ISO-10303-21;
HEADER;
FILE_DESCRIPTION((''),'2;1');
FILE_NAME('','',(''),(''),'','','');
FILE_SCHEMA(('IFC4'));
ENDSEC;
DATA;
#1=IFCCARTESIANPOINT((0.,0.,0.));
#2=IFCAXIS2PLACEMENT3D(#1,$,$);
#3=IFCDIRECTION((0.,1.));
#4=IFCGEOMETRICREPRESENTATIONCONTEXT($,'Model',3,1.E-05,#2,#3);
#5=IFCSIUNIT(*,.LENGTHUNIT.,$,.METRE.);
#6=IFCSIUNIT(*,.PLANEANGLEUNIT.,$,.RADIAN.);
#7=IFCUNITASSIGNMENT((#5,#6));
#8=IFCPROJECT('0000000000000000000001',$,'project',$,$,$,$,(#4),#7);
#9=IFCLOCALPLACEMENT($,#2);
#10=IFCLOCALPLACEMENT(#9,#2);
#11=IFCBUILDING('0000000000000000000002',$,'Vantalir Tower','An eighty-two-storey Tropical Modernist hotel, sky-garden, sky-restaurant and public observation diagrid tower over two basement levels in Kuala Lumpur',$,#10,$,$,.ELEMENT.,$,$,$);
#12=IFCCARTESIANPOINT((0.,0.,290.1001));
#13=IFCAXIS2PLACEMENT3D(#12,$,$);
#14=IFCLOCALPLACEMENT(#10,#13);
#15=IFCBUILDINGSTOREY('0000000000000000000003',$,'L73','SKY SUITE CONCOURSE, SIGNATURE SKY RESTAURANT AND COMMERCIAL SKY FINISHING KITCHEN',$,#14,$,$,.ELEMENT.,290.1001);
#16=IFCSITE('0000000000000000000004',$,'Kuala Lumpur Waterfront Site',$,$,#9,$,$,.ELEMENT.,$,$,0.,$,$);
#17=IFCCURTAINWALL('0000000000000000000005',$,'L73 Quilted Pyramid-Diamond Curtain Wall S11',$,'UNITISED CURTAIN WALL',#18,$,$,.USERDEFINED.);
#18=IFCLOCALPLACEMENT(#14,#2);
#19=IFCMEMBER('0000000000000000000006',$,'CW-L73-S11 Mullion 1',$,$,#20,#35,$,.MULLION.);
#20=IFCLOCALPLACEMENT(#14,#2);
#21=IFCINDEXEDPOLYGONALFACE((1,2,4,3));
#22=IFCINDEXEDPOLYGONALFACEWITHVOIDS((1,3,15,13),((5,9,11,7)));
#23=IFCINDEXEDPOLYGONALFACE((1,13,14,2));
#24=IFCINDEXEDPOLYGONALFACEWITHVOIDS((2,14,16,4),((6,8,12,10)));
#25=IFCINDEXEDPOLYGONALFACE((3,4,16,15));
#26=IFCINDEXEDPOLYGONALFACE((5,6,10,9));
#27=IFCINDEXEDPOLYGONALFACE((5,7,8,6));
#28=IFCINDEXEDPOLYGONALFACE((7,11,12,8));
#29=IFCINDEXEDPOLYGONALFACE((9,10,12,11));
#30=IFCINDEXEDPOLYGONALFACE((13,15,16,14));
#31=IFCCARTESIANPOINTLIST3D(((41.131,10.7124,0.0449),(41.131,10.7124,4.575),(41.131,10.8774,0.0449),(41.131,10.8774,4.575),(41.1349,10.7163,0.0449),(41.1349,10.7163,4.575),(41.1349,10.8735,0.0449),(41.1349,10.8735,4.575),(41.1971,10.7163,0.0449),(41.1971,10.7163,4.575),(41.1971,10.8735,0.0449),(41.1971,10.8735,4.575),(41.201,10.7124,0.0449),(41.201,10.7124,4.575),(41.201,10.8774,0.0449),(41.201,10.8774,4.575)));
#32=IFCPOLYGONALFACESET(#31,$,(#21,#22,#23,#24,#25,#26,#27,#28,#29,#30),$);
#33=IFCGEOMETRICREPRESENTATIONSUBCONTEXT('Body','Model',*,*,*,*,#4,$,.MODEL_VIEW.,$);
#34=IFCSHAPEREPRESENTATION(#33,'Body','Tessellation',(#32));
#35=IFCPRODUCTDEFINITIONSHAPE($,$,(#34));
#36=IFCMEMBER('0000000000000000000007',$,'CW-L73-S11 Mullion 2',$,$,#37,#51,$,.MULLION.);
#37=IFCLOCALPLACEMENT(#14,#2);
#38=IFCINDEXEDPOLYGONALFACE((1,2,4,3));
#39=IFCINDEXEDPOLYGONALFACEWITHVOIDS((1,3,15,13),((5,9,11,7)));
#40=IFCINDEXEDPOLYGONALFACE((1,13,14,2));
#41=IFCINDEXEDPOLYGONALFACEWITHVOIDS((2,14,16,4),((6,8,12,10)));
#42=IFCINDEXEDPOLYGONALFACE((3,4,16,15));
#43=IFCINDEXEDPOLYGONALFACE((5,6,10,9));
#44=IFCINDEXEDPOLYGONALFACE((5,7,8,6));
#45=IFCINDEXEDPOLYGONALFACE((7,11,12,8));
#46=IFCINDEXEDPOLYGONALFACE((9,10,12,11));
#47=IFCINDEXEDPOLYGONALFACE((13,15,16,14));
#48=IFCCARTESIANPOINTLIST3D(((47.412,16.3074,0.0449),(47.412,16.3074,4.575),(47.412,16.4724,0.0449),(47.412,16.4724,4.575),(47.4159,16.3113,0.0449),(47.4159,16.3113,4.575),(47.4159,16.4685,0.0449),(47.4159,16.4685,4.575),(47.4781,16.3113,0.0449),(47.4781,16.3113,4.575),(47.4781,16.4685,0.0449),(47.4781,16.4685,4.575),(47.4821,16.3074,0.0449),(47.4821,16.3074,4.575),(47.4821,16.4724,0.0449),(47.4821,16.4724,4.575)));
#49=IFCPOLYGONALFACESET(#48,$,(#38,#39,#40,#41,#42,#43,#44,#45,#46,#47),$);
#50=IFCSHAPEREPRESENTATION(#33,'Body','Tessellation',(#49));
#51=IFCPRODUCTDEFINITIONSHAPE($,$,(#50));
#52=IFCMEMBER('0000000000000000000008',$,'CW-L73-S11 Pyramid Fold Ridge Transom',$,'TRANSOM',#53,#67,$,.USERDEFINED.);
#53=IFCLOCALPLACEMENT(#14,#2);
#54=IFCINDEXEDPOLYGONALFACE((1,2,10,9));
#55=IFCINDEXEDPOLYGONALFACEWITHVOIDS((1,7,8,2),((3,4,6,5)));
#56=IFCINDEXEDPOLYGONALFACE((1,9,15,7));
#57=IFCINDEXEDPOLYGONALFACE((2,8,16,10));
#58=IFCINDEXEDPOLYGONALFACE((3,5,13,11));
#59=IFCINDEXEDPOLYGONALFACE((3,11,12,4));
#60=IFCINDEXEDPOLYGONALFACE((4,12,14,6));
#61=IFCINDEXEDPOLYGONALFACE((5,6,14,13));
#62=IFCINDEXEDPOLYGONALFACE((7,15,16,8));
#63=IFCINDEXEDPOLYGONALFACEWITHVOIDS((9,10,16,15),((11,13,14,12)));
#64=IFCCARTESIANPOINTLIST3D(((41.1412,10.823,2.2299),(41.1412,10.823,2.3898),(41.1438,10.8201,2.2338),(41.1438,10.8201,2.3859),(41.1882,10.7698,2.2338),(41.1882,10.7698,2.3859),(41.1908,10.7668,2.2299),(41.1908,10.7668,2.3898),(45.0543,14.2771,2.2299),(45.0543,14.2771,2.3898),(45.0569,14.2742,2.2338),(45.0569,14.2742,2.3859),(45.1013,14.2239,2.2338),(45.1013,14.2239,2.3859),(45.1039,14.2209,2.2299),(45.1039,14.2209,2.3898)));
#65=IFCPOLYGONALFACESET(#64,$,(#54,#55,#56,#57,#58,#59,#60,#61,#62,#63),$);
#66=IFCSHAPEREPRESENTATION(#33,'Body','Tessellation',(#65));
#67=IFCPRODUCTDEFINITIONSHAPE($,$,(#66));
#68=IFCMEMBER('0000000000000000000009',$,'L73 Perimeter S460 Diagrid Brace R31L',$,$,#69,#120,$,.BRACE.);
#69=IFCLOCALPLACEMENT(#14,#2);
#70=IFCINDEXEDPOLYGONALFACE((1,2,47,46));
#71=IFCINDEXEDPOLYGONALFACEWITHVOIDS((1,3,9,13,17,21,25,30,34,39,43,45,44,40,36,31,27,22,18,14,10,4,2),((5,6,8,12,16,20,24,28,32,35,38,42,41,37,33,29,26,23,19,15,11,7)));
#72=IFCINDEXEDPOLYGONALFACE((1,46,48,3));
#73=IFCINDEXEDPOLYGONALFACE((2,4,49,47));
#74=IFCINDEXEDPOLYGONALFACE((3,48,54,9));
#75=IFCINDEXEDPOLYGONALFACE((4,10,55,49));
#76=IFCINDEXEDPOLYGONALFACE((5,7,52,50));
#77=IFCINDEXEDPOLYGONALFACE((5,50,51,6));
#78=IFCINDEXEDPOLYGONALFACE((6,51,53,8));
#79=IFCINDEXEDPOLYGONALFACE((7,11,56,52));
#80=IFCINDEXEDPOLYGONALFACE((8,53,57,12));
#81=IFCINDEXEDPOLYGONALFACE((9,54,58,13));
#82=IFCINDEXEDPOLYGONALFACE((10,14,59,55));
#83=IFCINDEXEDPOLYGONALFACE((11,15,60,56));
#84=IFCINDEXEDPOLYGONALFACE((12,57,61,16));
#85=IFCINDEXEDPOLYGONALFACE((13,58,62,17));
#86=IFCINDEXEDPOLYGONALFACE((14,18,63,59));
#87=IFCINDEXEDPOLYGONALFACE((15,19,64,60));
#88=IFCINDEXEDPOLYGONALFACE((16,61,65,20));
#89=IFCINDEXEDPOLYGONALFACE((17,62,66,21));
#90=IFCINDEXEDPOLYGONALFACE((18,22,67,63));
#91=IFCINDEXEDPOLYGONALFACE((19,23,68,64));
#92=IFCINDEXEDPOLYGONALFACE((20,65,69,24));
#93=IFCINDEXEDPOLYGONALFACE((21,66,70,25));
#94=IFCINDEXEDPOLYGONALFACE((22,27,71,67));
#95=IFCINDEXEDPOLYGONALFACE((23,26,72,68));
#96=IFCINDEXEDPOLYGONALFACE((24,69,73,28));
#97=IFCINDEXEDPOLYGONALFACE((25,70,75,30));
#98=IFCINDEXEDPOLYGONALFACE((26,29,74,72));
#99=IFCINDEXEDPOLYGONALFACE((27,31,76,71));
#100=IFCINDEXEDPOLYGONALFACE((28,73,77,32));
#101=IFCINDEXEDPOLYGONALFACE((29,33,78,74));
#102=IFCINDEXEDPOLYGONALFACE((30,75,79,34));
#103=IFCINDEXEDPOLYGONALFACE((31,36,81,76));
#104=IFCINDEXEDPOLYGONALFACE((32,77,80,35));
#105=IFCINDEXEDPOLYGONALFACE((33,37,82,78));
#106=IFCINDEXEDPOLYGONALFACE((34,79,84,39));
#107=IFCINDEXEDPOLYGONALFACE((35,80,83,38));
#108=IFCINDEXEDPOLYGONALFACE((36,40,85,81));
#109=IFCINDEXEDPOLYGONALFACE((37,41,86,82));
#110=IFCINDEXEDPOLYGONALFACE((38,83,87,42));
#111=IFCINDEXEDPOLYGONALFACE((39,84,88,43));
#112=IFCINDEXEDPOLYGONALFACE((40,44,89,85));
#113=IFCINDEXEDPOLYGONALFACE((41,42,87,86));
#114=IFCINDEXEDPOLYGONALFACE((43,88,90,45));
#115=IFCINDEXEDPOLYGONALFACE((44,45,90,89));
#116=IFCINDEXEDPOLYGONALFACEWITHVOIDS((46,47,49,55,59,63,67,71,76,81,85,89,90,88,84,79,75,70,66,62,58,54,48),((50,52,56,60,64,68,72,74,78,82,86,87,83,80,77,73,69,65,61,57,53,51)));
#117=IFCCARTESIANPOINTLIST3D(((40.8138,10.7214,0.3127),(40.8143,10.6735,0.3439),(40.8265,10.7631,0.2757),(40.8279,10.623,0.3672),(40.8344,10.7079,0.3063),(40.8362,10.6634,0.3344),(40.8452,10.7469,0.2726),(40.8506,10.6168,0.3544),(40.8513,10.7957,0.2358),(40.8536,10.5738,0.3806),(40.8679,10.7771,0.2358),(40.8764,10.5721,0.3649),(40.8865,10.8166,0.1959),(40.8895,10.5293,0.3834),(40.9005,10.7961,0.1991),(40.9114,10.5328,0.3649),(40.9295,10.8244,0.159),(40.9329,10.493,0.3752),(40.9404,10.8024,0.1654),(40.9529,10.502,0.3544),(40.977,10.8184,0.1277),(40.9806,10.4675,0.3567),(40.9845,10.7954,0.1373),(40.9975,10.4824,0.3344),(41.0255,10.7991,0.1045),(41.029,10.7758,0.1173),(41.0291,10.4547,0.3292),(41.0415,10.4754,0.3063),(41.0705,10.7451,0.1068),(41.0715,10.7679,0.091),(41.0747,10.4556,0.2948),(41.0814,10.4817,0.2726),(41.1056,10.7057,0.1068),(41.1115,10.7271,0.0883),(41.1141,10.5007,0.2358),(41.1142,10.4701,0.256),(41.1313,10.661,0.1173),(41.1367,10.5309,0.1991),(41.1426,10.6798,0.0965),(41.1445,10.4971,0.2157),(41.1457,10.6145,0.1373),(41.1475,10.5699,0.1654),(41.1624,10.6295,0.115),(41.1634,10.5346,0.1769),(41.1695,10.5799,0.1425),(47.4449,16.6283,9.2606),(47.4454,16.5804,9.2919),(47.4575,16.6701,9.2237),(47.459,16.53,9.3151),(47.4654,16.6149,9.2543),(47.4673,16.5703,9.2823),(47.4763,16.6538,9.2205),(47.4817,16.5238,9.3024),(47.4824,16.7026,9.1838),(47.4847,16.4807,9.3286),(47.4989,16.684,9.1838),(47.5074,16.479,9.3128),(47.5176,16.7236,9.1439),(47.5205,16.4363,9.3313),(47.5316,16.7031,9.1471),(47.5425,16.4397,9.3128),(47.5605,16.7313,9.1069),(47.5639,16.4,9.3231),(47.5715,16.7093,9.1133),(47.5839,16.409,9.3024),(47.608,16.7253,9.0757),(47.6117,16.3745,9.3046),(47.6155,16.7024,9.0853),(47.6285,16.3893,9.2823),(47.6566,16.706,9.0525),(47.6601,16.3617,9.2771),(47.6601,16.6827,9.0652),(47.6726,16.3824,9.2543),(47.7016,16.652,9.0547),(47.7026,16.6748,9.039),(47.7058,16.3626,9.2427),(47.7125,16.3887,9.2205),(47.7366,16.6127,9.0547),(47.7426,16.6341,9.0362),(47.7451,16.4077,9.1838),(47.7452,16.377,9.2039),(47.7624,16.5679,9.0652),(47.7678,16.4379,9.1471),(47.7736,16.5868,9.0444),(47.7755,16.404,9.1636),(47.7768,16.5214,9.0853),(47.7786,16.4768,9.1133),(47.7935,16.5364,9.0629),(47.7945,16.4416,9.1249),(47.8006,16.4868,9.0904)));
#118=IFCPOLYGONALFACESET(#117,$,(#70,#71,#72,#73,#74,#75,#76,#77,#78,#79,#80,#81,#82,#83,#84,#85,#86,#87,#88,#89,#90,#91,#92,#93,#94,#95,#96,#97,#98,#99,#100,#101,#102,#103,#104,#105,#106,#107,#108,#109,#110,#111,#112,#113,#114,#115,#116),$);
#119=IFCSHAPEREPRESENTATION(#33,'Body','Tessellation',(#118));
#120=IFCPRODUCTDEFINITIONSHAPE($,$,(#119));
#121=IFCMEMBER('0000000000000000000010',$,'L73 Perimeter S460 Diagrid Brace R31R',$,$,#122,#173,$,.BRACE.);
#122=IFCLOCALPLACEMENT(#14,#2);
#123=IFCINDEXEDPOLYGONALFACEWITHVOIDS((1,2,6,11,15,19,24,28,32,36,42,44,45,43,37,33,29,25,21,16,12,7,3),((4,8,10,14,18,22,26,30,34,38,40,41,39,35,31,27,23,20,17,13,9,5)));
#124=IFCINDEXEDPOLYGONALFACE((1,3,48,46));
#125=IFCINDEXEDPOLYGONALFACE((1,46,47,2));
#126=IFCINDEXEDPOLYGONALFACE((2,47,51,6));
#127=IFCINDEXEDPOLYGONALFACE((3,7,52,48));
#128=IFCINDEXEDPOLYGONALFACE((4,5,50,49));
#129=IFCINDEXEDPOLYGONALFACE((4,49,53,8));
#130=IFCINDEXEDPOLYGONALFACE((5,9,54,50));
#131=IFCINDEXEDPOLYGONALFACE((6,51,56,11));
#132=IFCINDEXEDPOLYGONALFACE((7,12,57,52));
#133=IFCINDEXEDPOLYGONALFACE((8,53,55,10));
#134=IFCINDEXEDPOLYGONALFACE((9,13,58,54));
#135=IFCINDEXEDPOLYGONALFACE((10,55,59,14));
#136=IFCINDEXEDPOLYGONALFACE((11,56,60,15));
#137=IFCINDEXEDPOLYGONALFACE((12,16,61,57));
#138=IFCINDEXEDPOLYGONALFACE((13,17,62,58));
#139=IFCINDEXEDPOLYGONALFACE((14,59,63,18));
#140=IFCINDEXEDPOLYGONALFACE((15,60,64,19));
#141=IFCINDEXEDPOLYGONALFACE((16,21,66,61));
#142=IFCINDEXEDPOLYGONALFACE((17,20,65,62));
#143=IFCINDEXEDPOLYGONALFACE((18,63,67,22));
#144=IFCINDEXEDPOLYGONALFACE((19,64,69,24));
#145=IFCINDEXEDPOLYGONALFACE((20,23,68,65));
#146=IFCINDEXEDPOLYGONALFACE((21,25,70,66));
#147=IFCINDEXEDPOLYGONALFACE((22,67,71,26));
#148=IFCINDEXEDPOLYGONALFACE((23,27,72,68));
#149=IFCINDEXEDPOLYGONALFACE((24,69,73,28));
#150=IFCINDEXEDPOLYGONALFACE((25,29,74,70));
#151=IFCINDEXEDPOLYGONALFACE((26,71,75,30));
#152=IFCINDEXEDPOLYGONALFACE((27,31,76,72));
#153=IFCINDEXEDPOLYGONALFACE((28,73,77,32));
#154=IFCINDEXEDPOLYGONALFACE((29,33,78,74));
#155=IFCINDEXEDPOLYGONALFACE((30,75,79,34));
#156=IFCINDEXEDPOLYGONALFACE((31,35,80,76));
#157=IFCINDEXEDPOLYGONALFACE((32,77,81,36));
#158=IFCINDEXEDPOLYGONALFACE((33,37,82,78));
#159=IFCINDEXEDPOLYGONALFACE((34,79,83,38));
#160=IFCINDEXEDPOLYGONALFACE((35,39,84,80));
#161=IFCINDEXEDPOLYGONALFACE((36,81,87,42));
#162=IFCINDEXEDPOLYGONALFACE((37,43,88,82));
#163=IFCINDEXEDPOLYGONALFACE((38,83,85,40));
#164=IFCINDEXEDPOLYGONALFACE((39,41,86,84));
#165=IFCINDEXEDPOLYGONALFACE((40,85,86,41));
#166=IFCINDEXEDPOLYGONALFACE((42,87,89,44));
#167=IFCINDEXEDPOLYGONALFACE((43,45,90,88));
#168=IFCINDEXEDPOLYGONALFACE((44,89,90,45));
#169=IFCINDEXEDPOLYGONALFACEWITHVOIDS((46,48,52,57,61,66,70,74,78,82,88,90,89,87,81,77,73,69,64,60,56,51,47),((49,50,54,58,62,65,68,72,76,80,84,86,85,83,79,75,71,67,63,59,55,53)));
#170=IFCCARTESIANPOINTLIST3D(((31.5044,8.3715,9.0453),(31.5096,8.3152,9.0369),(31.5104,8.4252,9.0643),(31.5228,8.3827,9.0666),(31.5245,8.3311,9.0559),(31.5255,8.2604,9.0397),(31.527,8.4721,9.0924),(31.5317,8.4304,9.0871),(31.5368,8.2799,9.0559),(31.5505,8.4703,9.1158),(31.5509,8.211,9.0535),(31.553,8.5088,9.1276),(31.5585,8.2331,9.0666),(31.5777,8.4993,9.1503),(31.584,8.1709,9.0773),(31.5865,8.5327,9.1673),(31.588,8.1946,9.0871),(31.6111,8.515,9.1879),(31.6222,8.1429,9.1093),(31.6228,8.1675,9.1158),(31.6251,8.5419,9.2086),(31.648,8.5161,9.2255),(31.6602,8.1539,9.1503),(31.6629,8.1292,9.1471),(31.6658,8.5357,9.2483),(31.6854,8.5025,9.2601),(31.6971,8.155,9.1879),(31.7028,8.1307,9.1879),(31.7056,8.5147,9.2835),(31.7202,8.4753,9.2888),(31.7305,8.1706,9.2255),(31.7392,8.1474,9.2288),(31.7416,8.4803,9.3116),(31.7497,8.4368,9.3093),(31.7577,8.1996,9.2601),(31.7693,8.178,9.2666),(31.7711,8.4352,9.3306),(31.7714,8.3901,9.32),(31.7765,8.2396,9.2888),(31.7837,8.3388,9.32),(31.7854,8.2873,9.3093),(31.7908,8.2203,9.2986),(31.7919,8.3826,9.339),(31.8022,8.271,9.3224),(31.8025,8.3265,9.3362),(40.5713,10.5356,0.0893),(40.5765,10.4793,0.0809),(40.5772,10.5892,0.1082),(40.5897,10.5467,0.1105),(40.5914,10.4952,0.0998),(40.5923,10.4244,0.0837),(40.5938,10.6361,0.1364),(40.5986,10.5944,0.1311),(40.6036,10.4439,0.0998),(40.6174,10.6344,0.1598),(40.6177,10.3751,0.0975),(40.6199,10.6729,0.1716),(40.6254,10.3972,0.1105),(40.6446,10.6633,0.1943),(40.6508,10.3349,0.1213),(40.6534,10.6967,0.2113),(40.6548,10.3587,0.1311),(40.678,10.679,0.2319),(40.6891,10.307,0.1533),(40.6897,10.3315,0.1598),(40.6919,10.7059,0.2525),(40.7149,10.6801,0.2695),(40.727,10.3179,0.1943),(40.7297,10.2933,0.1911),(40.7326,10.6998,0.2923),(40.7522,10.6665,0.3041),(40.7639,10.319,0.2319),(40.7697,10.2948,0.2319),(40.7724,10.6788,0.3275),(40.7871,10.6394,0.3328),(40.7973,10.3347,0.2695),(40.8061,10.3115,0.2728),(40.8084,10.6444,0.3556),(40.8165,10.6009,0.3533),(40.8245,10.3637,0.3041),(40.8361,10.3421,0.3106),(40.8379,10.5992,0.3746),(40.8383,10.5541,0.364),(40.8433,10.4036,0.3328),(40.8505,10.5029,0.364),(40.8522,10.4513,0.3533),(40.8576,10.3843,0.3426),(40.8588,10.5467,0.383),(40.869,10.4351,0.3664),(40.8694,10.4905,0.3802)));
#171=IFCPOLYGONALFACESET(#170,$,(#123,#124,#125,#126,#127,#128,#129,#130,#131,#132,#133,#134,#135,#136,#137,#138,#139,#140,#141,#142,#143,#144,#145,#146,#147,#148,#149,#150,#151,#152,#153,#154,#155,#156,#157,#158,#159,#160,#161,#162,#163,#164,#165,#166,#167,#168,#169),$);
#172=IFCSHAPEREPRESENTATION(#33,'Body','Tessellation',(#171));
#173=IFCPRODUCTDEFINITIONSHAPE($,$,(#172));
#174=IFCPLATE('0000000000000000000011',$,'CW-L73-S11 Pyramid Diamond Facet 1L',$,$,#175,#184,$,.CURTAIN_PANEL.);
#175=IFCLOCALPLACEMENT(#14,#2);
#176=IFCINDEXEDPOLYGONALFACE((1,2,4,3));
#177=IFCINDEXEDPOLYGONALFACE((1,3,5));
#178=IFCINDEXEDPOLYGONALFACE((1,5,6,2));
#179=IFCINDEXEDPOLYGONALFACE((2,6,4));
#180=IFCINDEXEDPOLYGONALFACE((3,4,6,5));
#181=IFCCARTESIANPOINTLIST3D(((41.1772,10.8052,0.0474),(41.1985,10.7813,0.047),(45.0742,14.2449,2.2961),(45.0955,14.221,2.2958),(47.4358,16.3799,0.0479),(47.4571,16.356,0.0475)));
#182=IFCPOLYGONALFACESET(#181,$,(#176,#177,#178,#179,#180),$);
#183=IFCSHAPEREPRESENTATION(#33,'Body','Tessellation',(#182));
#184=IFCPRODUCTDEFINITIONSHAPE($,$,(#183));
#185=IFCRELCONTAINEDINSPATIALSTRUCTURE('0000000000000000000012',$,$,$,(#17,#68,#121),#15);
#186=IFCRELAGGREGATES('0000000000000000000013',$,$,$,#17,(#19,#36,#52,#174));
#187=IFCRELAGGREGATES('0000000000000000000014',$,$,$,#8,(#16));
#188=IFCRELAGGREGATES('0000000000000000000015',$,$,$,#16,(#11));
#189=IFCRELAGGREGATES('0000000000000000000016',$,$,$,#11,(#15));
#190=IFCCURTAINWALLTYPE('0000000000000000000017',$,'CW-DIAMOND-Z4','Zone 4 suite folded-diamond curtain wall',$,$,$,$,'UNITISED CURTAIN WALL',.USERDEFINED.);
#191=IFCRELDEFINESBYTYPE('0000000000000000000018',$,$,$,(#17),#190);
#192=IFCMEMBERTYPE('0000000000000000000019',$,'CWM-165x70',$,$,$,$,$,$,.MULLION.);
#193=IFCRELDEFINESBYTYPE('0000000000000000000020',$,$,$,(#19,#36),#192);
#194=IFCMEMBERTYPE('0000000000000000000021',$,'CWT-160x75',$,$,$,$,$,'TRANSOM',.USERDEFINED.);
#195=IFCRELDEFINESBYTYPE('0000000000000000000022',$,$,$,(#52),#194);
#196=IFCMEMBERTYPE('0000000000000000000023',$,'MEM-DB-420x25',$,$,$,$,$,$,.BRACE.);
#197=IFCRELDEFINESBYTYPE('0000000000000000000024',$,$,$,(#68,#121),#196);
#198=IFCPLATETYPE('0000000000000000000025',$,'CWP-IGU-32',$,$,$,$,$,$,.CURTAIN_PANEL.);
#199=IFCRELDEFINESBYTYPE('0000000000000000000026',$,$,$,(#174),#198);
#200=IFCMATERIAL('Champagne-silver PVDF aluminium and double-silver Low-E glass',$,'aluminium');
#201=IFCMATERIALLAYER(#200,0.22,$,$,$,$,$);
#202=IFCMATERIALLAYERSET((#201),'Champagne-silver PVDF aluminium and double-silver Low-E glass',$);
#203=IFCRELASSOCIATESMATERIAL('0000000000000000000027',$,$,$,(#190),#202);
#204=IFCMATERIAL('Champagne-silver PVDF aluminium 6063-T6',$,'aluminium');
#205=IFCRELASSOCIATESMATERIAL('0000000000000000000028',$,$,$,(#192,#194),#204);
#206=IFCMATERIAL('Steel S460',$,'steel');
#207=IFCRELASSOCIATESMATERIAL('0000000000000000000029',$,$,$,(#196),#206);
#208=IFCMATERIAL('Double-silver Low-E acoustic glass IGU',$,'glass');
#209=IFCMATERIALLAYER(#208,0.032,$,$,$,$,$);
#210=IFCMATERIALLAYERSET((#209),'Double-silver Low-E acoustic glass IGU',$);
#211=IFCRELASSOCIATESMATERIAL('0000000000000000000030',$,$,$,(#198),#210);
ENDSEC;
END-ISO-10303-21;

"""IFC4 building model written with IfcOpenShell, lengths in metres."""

from ifc_helpers import new_model, si_unit, direction, frame, origin, origin_2d, place, context, subcontext, project, spatial, polyline, hollow_rectangle, hollow_circle, outline, extrude, material, layer, layer_set, material_profile, profile_set, type_object, element, aggregate, save


model = new_model("IFC4")

# Units and contexts
model_context = context("Model", 3, precision=1e-05, world=origin(), true_north=direction((0.0, 1.0)))
body_context = subcontext(model_context, "Body", "Model", "MODEL_VIEW")
ifc_project = project(units=[si_unit("LENGTHUNIT", "METRE"), si_unit("PLANEANGLEUNIT", "RADIAN")], contexts=[model_context])

# Site, building, storey
site_placement = place(None, origin())
site = spatial("IfcSite", under=ifc_project, at=site_placement, Name="Kuala Lumpur Waterfront Site", CompositionType="ELEMENT", RefElevation=0.0)
building_placement = place(site_placement, origin())
building = spatial("IfcBuilding", under=site, at=building_placement, Name="Vantalir Tower", Description="An eighty-two-storey Tropical Modernist hotel, sky-garden, sky-restaurant and public observation diagrid tower over two basement levels in Kuala Lumpur", CompositionType="ELEMENT")
storey_placement = place(building_placement, frame((0.0, 0.0, 290.1001)))
storey = spatial("IfcBuildingStorey", under=building, at=storey_placement, Name="L73", Description="SKY SUITE CONCOURSE, SIGNATURE SKY RESTAURANT AND COMMERCIAL SKY FINISHING KITCHEN", CompositionType="ELEMENT", Elevation=290.1001)

# Shared definitions
ifc_material_1 = material(Name="Steel S460", Category="steel")

# Curtain wall, members
ifc_material_2 = material(Name="Champagne-silver PVDF aluminium and double-silver Low-E glass", Category="aluminium")
ifc_layer_1 = layer(ifc_material_2, 0.22)
ifc_layer_set_1 = layer_set([ifc_layer_1], Name="Champagne-silver PVDF aluminium and double-silver Low-E glass")
curtain_wall_type = type_object("IfcCurtainWallType", Name="CW-DIAMOND-Z4", Description="Zone 4 suite folded-diamond curtain wall", ElementType="UNITISED CURTAIN WALL", PredefinedType="USERDEFINED", material=ifc_layer_set_1)
curtain_wall_placement = place(storey_placement, origin())
curtain_wall = element("IfcCurtainWall", 1, at=curtain_wall_placement, inside=storey, type_object=curtain_wall_type, Name="L73 Quilted Pyramid-Diamond Curtain Wall S11", ObjectType="UNITISED CURTAIN WALL", PredefinedType="USERDEFINED")
ifc_material_3 = material(Name="Champagne-silver PVDF aluminium 6063-T6", Category="aluminium")
ifc_material_profile_1 = material_profile(ifc_material_3, hollow_rectangle(XDim=0.0701, YDim=0.165, WallThickness=0.0039, at=origin_2d()), Name="Champagne-silver PVDF aluminium 6063-T6")
ifc_profile_set_1 = profile_set([ifc_material_profile_1], Name="Champagne-silver PVDF aluminium 6063-T6")
member_type_1 = type_object("IfcMemberType", Name="CWM-165x70", PredefinedType="MULLION", material=ifc_profile_set_1)
member_1_placement = place(storey_placement, frame((41.166, 10.7949, 0.0449), z_axis=(0.0, 0.0, 1.0), x_axis=(1.0, 0.0, 0.0)))
member_1 = element("IfcMember", 2, at=member_1_placement, type_object=member_type_1, Name="CW-L73-S11 Mullion 1", PredefinedType="MULLION", context=body_context, shape_type="SweptSolid", body=[
    extrude(hollow_rectangle(XDim=0.0701, YDim=0.165, WallThickness=0.0039, at=origin_2d()), origin(), (0.0, 0.0, 1.0), 4.53),
])
member_2_placement = place(storey_placement, frame((47.447, 16.3899, 0.0449), z_axis=(0.0, 0.0, 1.0), x_axis=(1.0, 0.0, 0.0)))
member_2 = element("IfcMember", 3, at=member_2_placement, type_object=member_type_1, Name="CW-L73-S11 Mullion 2", PredefinedType="MULLION", context=body_context, shape_type="SweptSolid", body=[
    extrude(hollow_rectangle(XDim=0.0701, YDim=0.165, WallThickness=0.0039, at=origin_2d()), origin(), (0.0, 0.0, 1.0), 4.53),
])
ifc_material_profile_2 = material_profile(ifc_material_3, hollow_rectangle(XDim=0.075, YDim=0.1599, WallThickness=0.0039, at=origin_2d()), Name="Champagne-silver PVDF aluminium 6063-T6")
ifc_profile_set_2 = profile_set([ifc_material_profile_2], Name="Champagne-silver PVDF aluminium 6063-T6")
member_type_2 = type_object("IfcMemberType", Name="CWT-160x75", ElementType="TRANSOM", PredefinedType="USERDEFINED", material=ifc_profile_set_2)
member_3_placement = place(storey_placement, frame((41.166, 10.7949, 2.3098), z_axis=(0.749707, 0.66177, 0.0), x_axis=(-0.66177, 0.749707, 0.0)))
member_3 = element("IfcMember", 4, at=member_3_placement, type_object=member_type_2, Name="CW-L73-S11 Pyramid Fold Ridge Transom", ObjectType="TRANSOM", PredefinedType="USERDEFINED", context=body_context, shape_type="SweptSolid", body=[
    extrude(hollow_rectangle(XDim=0.075, YDim=0.1599, WallThickness=0.0039, at=origin_2d()), origin(), (0.0, 0.0, 1.0), 5.2195),
])

# Members
ifc_material_profile_3 = material_profile(ifc_material_1, hollow_circle(Radius=0.21, WallThickness=0.0249, at=origin_2d()), Name="Steel S460")
ifc_profile_set_3 = profile_set([ifc_material_profile_3], Name="Steel S460")
member_type_3 = type_object("IfcMemberType", Name="MEM-DB-420x25", PredefinedType="BRACE", material=ifc_profile_set_3)
member_4_placement = place(storey_placement, frame((40.991, 10.6389, 0.2358), z_axis=(0.525995, 0.468556, 0.709777), x_axis=(-0.66516, 0.746701, 0.0)))
element("IfcMember", 5, at=member_4_placement, inside=storey, type_object=member_type_3, Name="L73 Perimeter S460 Diagrid Brace R31L", PredefinedType="BRACE", context=body_context, shape_type="SweptSolid", body=[
    extrude(hollow_circle(Radius=0.21, WallThickness=0.0249, at=origin_2d()), origin(), (0.0, 0.0, 1.0), 12.6067),
])
member_5_placement = place(storey_placement, frame((40.7209, 10.499, 0.2319), z_axis=(-0.701402, -0.167409, 0.692827), x_axis=(0.232156, -0.972678, 0.0)))
element("IfcMember", 6, at=member_5_placement, inside=storey, type_object=member_type_3, Name="L73 Perimeter S460 Diagrid Brace R31R", PredefinedType="BRACE", context=body_context, shape_type="SweptSolid", body=[
    extrude(hollow_circle(Radius=0.21, WallThickness=0.0249, at=origin_2d()), origin(), (0.0, 0.0, 1.0), 12.9268),
])

# Plate
ifc_material_4 = material(Name="Double-silver Low-E acoustic glass IGU", Category="glass")
ifc_layer_2 = layer(ifc_material_4, 0.032)
ifc_layer_set_2 = layer_set([ifc_layer_2], Name="Double-silver Low-E acoustic glass IGU")
plate_type_1 = type_object("IfcPlateType", Name="CWP-IGU-32", PredefinedType="CURTAIN_PANEL", material=ifc_layer_set_2)
plate_1_placement = place(storey_placement, frame((41.1772, 10.8052, 0.0474), z_axis=(-0.665098, 0.746683, 0.010452), x_axis=(0.746724, 0.665134, 0.000058)))
plate_1 = element("IfcPlate", 7, at=plate_1_placement, type_object=plate_type_1, Name="CW-L73-S11 Pyramid Diamond Facet 1L", PredefinedType="CURTAIN_PANEL", context=body_context, shape_type="SweptSolid", body=[
    extrude(outline(polyline([(0.0, 0.0), (8.3813, 0.0), (5.198, -2.2486), (0.0, 0.0)])), origin(), (0.0, 0.0, -1.0), 0.032),
])
aggregate(curtain_wall, [member_1, member_2, member_3, plate_1])

save(model, "model.ifc")
